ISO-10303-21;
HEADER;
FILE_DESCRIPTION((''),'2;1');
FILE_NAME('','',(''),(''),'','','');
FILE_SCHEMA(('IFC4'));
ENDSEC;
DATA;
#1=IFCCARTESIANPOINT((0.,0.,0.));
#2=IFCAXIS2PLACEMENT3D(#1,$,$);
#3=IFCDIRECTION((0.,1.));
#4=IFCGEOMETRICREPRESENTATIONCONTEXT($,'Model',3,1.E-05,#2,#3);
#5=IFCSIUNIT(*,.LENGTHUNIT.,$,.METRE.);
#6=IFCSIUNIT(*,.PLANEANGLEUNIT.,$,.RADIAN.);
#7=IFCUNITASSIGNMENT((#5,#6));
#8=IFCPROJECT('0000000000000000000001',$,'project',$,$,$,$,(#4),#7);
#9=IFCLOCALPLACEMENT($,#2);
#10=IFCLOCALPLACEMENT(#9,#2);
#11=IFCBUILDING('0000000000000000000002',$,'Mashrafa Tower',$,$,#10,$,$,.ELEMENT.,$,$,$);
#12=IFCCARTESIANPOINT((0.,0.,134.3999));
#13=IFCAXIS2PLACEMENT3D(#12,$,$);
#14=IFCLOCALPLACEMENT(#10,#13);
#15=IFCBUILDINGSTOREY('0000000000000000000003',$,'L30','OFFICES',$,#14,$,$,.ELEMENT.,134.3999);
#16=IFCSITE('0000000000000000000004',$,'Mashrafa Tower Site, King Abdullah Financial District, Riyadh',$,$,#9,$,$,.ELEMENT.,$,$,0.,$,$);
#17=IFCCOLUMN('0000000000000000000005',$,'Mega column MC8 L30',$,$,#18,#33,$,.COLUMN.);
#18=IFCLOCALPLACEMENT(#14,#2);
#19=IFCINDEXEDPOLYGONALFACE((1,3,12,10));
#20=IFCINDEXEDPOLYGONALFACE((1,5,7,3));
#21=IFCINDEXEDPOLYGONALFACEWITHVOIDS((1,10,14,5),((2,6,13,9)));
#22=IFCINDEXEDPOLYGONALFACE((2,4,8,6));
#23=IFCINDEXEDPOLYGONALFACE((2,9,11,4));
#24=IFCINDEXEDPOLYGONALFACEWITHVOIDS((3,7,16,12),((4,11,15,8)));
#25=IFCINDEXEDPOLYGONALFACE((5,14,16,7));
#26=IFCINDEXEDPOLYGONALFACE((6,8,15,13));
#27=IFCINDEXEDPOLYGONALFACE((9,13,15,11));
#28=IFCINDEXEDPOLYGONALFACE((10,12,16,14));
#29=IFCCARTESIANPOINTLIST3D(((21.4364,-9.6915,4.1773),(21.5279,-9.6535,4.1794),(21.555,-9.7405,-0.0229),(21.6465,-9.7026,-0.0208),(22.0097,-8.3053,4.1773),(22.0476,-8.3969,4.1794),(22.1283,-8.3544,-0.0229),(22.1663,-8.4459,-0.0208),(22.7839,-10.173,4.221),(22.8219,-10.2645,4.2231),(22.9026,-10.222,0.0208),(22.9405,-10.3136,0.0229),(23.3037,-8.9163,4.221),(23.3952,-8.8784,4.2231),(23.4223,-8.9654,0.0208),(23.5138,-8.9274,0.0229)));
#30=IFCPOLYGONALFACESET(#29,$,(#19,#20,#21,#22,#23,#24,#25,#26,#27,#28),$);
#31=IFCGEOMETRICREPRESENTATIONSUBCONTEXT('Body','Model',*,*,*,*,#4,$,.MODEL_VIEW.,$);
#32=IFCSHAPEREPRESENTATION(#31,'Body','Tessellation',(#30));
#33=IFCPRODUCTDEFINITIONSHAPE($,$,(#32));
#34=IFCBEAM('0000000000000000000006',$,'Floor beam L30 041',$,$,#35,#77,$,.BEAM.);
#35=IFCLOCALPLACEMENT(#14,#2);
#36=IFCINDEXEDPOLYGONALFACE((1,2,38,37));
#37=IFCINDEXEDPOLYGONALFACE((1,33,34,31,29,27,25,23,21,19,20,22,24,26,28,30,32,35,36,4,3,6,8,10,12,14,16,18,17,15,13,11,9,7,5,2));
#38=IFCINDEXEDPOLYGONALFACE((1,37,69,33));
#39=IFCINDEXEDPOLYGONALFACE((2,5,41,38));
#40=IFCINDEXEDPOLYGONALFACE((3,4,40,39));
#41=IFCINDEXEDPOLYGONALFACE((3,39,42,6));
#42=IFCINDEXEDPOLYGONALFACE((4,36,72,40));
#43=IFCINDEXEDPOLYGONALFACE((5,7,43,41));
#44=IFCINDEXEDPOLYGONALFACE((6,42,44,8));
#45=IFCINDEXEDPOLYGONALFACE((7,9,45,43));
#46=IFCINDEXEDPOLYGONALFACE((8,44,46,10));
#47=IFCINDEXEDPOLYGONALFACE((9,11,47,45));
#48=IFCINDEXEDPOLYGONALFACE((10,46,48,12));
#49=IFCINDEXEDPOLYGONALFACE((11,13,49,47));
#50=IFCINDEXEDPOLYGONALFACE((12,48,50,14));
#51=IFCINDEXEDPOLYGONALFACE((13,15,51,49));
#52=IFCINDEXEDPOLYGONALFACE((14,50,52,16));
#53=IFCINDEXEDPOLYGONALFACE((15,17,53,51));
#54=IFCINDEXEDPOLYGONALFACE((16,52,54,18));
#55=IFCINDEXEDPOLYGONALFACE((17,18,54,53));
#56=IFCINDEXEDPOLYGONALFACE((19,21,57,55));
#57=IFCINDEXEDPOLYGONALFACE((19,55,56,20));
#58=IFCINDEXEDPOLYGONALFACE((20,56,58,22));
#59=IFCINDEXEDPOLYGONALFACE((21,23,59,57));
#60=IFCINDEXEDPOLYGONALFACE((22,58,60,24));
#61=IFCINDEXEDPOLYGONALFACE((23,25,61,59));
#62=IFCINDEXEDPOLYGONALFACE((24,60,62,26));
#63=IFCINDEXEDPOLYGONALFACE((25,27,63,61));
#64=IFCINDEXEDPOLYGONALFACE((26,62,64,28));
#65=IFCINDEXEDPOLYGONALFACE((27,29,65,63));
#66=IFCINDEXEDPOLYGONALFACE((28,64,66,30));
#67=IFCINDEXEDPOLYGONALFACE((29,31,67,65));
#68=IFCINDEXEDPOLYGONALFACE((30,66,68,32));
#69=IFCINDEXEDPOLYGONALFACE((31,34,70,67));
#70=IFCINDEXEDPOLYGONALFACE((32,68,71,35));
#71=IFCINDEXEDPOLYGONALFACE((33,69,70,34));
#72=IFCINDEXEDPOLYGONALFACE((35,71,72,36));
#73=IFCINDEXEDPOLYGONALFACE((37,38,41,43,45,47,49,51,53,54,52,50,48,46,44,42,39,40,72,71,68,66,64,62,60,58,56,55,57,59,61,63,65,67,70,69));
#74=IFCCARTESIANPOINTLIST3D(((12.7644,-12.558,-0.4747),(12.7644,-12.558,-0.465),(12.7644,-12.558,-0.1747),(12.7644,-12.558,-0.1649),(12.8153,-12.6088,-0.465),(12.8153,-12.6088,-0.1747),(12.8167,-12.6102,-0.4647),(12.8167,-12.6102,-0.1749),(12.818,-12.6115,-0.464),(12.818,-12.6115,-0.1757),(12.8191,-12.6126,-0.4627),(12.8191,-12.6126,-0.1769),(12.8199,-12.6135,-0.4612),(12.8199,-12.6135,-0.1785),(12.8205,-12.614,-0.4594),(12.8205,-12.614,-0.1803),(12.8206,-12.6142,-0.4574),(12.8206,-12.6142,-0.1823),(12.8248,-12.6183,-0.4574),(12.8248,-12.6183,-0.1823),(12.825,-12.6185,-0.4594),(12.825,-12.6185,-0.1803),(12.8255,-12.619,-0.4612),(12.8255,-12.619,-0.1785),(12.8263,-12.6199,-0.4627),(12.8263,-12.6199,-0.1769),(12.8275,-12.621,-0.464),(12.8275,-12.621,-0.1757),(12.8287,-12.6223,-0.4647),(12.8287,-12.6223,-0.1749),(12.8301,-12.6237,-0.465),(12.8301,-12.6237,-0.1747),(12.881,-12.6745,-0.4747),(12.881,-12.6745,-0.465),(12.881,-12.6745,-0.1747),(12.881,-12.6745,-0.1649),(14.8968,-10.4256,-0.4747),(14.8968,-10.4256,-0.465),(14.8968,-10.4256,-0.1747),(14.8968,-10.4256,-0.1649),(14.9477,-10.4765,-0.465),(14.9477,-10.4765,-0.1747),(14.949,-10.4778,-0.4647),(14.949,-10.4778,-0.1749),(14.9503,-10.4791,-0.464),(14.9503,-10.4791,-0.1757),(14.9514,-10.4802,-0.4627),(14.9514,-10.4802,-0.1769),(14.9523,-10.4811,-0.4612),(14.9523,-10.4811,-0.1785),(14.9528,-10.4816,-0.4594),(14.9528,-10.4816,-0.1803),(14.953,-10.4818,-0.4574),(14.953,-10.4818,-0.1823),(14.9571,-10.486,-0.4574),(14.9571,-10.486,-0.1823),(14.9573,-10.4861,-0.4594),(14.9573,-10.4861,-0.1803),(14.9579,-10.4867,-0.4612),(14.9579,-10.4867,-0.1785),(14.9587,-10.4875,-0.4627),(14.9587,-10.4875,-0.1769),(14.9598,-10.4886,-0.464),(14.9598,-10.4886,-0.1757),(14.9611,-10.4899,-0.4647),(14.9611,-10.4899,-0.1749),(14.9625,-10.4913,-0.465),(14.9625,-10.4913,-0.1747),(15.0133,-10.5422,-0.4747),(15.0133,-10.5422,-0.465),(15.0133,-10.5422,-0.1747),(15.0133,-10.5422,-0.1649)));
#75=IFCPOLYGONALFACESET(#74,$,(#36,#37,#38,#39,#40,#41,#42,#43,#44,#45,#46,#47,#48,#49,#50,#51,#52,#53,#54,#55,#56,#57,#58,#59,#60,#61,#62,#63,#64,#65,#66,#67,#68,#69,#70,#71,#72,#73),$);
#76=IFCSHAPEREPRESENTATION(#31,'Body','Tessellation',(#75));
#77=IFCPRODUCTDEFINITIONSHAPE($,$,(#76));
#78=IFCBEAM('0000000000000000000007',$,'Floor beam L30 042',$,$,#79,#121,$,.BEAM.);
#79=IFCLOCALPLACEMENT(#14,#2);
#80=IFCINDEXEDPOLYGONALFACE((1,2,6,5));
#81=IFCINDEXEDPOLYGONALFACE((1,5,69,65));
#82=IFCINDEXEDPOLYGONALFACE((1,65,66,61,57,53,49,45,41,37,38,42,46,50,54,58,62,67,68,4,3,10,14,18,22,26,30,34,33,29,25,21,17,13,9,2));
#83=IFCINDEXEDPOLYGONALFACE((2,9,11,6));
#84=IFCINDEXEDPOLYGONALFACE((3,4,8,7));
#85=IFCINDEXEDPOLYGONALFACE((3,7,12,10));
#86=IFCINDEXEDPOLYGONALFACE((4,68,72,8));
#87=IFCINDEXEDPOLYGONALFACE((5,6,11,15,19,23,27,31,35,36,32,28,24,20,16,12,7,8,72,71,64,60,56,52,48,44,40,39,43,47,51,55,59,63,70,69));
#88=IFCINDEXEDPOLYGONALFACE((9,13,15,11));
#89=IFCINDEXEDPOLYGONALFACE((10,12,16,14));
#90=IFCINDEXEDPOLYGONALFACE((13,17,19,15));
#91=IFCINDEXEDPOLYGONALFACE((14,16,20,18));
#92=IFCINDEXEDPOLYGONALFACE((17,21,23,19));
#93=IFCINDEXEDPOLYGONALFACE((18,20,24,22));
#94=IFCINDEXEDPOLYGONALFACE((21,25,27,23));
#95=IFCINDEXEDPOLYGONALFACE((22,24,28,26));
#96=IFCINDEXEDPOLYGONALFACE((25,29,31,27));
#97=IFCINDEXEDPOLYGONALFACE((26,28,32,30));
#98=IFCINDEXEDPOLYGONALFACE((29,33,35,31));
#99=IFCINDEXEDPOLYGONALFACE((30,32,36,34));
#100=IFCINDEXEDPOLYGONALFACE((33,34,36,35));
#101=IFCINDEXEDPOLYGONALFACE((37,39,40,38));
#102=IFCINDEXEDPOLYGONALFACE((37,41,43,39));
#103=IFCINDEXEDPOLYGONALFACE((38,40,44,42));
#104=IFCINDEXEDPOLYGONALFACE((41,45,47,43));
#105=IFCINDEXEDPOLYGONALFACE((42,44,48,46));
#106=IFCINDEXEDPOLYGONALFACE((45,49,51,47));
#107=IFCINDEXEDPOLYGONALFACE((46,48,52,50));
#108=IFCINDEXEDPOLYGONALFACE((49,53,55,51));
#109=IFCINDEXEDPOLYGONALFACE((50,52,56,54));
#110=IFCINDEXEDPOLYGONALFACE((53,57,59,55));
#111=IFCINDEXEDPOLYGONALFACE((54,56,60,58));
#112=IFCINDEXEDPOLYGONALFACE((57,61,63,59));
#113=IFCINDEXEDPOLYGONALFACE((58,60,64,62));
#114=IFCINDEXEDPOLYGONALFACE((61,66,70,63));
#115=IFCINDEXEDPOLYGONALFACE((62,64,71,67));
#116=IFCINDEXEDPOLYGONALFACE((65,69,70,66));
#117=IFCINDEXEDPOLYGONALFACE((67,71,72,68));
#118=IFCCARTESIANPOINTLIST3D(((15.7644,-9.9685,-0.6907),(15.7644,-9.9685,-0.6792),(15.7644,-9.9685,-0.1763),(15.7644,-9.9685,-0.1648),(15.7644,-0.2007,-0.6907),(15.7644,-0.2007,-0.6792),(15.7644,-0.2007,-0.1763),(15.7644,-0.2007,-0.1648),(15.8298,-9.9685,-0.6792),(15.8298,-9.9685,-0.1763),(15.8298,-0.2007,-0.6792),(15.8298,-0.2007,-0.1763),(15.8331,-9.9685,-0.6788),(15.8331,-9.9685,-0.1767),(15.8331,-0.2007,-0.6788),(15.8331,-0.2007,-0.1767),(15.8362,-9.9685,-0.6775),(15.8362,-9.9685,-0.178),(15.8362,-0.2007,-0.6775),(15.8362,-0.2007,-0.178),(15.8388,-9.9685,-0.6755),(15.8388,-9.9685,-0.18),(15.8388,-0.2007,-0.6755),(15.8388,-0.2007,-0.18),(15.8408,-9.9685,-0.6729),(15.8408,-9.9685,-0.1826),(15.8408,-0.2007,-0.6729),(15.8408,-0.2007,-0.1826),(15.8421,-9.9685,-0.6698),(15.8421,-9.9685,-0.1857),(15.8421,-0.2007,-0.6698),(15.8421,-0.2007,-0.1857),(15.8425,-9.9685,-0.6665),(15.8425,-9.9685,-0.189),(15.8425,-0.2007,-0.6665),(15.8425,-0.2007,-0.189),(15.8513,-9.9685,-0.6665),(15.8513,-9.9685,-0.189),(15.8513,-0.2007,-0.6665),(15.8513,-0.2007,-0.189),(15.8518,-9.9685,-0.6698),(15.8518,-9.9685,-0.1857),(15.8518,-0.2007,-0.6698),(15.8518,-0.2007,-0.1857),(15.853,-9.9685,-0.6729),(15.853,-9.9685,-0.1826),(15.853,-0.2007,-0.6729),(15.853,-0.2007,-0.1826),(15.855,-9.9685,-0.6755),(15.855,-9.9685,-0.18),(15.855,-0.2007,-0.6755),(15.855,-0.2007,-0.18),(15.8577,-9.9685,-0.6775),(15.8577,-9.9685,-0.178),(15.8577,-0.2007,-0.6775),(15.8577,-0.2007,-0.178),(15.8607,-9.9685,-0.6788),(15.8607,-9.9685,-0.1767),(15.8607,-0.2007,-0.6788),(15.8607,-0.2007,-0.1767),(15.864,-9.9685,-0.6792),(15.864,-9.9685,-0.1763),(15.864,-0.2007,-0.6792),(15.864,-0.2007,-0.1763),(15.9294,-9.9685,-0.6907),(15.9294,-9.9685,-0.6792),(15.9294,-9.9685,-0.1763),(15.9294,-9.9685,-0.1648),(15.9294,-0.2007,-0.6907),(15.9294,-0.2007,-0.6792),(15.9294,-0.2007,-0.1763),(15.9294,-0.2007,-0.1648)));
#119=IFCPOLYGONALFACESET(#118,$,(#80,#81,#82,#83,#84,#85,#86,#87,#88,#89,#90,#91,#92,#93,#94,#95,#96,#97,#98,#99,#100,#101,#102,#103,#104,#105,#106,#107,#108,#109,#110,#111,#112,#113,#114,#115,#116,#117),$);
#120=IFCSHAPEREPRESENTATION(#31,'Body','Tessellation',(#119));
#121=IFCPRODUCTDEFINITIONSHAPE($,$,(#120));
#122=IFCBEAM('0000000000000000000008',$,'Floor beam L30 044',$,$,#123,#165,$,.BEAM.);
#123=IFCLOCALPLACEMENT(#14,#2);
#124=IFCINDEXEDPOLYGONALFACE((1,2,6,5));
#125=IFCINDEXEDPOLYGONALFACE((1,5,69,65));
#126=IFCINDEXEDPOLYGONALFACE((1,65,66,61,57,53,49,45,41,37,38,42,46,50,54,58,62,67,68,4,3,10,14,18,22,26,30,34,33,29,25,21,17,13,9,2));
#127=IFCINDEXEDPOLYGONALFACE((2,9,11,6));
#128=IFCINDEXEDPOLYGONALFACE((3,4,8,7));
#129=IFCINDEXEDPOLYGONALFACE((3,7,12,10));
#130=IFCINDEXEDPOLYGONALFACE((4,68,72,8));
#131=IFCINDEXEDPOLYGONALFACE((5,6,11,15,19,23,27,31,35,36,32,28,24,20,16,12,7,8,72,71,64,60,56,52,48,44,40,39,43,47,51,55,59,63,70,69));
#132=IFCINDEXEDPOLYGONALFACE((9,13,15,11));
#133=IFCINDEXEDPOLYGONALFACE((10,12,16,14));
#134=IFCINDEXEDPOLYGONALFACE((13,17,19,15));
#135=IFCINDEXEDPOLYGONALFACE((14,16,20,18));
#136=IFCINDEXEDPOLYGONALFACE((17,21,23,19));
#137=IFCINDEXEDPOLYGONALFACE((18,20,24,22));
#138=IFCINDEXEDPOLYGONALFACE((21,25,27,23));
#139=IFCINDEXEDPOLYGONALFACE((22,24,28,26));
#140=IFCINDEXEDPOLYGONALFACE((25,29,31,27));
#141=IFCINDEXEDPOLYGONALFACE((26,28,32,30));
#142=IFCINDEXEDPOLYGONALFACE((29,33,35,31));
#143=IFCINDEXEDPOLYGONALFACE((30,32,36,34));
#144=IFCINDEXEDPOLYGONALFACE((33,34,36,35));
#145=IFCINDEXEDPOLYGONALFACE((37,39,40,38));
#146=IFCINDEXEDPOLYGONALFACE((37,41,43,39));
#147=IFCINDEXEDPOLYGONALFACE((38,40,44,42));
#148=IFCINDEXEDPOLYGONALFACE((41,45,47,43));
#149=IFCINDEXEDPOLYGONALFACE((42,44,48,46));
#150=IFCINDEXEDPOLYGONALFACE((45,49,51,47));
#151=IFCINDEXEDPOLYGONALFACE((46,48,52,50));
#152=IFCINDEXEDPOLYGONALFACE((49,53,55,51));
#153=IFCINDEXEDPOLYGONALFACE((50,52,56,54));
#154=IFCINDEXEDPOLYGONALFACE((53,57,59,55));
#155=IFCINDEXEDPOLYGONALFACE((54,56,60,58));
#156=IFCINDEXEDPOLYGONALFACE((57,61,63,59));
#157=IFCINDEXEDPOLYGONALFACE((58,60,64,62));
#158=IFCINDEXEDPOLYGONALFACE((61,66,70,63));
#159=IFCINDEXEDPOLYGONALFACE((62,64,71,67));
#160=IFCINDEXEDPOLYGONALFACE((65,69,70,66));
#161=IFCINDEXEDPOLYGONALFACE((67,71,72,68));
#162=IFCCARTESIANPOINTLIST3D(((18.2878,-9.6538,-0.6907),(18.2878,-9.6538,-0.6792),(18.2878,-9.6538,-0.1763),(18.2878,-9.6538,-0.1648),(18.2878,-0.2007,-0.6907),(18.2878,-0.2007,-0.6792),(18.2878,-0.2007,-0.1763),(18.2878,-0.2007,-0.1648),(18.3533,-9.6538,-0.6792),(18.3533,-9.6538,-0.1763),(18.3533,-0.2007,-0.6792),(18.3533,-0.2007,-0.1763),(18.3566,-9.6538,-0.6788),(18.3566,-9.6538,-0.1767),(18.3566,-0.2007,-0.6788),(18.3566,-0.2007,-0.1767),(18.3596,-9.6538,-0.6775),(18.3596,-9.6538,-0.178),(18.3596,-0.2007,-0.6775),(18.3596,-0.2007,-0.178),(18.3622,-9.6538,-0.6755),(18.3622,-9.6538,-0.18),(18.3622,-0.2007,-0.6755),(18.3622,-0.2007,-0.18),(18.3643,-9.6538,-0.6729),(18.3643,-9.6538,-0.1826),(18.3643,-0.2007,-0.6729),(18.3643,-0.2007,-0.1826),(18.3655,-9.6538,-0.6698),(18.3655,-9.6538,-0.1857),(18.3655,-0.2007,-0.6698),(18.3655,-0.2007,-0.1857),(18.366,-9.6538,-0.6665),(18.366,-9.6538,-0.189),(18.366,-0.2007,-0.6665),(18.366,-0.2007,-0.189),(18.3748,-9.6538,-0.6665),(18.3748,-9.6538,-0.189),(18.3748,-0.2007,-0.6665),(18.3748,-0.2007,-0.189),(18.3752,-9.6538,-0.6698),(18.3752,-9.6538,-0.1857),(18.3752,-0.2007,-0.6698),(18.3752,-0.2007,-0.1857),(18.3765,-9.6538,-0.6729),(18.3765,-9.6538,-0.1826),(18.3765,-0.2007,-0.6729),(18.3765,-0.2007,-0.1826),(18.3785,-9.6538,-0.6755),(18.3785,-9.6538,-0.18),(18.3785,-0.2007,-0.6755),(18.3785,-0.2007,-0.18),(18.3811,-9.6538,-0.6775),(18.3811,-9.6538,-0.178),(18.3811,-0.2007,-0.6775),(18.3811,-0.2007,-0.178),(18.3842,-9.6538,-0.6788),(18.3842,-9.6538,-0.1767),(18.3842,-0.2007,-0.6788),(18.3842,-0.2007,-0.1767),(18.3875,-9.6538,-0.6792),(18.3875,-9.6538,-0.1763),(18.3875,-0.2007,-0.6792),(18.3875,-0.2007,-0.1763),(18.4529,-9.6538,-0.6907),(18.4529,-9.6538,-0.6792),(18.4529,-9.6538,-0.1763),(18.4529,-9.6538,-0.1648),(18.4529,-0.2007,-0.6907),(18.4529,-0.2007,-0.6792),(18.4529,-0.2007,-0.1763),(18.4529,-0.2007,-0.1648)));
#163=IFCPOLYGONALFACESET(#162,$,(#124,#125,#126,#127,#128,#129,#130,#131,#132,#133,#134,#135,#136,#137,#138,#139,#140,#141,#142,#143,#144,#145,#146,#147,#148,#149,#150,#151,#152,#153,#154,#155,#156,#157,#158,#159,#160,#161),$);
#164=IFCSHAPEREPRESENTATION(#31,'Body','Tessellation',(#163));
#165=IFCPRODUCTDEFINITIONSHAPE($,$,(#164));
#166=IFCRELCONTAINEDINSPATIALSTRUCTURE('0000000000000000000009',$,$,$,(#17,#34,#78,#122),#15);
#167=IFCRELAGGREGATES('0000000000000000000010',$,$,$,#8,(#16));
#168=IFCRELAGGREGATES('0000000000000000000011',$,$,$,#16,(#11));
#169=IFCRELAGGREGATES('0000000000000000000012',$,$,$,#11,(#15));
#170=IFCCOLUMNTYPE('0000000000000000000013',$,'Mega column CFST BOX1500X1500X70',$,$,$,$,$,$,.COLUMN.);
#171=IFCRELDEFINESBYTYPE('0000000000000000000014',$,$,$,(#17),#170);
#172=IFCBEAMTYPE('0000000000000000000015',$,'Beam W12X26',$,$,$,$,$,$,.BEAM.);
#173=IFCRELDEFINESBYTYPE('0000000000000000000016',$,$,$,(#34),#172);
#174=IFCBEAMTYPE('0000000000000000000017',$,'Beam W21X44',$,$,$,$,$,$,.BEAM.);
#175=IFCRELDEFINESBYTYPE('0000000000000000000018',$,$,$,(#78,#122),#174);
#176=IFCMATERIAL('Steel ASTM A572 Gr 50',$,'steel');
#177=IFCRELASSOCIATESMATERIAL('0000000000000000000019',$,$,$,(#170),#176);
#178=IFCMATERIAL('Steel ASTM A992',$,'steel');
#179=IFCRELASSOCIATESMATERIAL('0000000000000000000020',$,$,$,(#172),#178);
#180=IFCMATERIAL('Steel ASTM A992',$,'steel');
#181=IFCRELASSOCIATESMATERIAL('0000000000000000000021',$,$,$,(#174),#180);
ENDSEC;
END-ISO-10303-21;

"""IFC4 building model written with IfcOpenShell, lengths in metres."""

from ifc_helpers import new_model, si_unit, direction, frame, origin, origin_2d, place, context, subcontext, project, spatial, hollow_rectangle, i_section, extrude, material, material_profile, profile_set, type_object, element, save


model = new_model("IFC4")

# Units and contexts
model_context = context("Model", 3, precision=1e-05, world=origin(), true_north=direction((0.0, 1.0)))
body_context = subcontext(model_context, "Body", "Model", "MODEL_VIEW")
ifc_project = project(units=[si_unit("LENGTHUNIT", "METRE"), si_unit("PLANEANGLEUNIT", "RADIAN")], contexts=[model_context])

# Site, building, storey
site_placement = place(None, origin())
site = spatial("IfcSite", under=ifc_project, at=site_placement, Name="Mashrafa Tower Site, King Abdullah Financial District, Riyadh", CompositionType="ELEMENT", RefElevation=0.0)
building_placement = place(site_placement, origin())
building = spatial("IfcBuilding", under=site, at=building_placement, Name="Mashrafa Tower", CompositionType="ELEMENT")
storey_placement = place(building_placement, frame((0.0, 0.0, 134.3999)))
storey = spatial("IfcBuildingStorey", under=building, at=storey_placement, Name="L30", Description="OFFICES", CompositionType="ELEMENT", Elevation=134.3999)

# Column
ifc_material_1 = material(Name="Steel ASTM A572 Gr 50", Category="steel")
ifc_material_profile_1 = material_profile(ifc_material_1, hollow_rectangle(XDim=1.5, YDim=1.5, WallThickness=0.0701, at=origin_2d()), Name="BOX1500X1500X70")
ifc_profile_set_1 = profile_set([ifc_material_profile_1], Name="Steel ASTM A572 Gr 50")
column_type = type_object("IfcColumnType", Name="Mega column CFST BOX1500X1500X70", PredefinedType="COLUMN", material=ifc_profile_set_1)
column_placement = place(storey_placement, frame((22.5344, -9.334, 0.0), z_axis=(-0.028236, 0.011678, 0.999533), x_axis=(-0.382184, -0.924086, 0.0)))
element("IfcColumn", 1, at=column_placement, inside=storey, type_object=column_type, Name="Mega column MC8 L30", PredefinedType="COLUMN", context=body_context, shape_type="SweptSolid", body=[
    extrude(hollow_rectangle(XDim=1.5, YDim=1.5, WallThickness=0.0701, at=origin_2d()), origin(), (0.0, 0.0, 1.0), 4.2021),
])

# Beams
ifc_material_2 = material(Name="Steel ASTM A992", Category="steel")
ifc_material_profile_2 = material_profile(ifc_material_2, i_section(OverallWidth=0.1648, OverallDepth=0.3098, WebThickness=0.0059, FlangeThickness=0.0098, FilletRadius=0.0076, at=origin_2d()), Name="W12X26")
ifc_profile_set_2 = profile_set([ifc_material_profile_2], Name="Steel ASTM A992")
beam_type_1 = type_object("IfcBeamType", Name="Beam W12X26", PredefinedType="BEAM", material=ifc_profile_set_2)
beam_1_placement = place(storey_placement, frame((14.9551, -10.4839, -0.3198), z_axis=(-0.707107, -0.707107, 0.0), x_axis=(0.707107, -0.707107, 0.0)))
element("IfcBeam", 2, at=beam_1_placement, inside=storey, type_object=beam_type_1, Name="Floor beam L30 041", PredefinedType="BEAM", context=body_context, shape_type="SweptSolid", body=[
    extrude(i_section(OverallWidth=0.1648, OverallDepth=0.3098, WebThickness=0.0059, FlangeThickness=0.0098, FilletRadius=0.0076, at=origin_2d()), origin(), (0.0, 0.0, 1.0), 3.0156),
])
ifc_material_3 = material(Name="Steel ASTM A992", Category="steel")
ifc_material_profile_3 = material_profile(ifc_material_3, i_section(OverallWidth=0.165, OverallDepth=0.5259, WebThickness=0.0088, FlangeThickness=0.0115, FilletRadius=0.0127, at=origin_2d()), Name="W21X44")
ifc_profile_set_3 = profile_set([ifc_material_profile_3], Name="Steel ASTM A992")
beam_type_2 = type_object("IfcBeamType", Name="Beam W21X44", PredefinedType="BEAM", material=ifc_profile_set_3)
beam_2_placement = place(storey_placement, frame((15.8469, -0.2007, -0.4277), z_axis=(0.0, -1.0, 0.0), x_axis=(1.0, 0.0, 0.0)))
element("IfcBeam", 3, at=beam_2_placement, inside=storey, type_object=beam_type_2, Name="Floor beam L30 042", PredefinedType="BEAM", context=body_context, shape_type="SweptSolid", body=[
    extrude(i_section(OverallWidth=0.165, OverallDepth=0.5259, WebThickness=0.0088, FlangeThickness=0.0115, FilletRadius=0.0127, at=origin_2d()), origin(), (0.0, 0.0, 1.0), 9.7678),
])
beam_3_placement = place(storey_placement, frame((18.3704, -0.2007, -0.4277), z_axis=(0.0, -1.0, 0.0), x_axis=(1.0, 0.0, 0.0)))
element("IfcBeam", 4, at=beam_3_placement, inside=storey, type_object=beam_type_2, Name="Floor beam L30 044", PredefinedType="BEAM", context=body_context, shape_type="SweptSolid", body=[
    extrude(i_section(OverallWidth=0.165, OverallDepth=0.5259, WebThickness=0.0088, FlangeThickness=0.0115, FilletRadius=0.0127, at=origin_2d()), origin(), (0.0, 0.0, 1.0), 9.4531),
])

save(model, "model.ifc")
